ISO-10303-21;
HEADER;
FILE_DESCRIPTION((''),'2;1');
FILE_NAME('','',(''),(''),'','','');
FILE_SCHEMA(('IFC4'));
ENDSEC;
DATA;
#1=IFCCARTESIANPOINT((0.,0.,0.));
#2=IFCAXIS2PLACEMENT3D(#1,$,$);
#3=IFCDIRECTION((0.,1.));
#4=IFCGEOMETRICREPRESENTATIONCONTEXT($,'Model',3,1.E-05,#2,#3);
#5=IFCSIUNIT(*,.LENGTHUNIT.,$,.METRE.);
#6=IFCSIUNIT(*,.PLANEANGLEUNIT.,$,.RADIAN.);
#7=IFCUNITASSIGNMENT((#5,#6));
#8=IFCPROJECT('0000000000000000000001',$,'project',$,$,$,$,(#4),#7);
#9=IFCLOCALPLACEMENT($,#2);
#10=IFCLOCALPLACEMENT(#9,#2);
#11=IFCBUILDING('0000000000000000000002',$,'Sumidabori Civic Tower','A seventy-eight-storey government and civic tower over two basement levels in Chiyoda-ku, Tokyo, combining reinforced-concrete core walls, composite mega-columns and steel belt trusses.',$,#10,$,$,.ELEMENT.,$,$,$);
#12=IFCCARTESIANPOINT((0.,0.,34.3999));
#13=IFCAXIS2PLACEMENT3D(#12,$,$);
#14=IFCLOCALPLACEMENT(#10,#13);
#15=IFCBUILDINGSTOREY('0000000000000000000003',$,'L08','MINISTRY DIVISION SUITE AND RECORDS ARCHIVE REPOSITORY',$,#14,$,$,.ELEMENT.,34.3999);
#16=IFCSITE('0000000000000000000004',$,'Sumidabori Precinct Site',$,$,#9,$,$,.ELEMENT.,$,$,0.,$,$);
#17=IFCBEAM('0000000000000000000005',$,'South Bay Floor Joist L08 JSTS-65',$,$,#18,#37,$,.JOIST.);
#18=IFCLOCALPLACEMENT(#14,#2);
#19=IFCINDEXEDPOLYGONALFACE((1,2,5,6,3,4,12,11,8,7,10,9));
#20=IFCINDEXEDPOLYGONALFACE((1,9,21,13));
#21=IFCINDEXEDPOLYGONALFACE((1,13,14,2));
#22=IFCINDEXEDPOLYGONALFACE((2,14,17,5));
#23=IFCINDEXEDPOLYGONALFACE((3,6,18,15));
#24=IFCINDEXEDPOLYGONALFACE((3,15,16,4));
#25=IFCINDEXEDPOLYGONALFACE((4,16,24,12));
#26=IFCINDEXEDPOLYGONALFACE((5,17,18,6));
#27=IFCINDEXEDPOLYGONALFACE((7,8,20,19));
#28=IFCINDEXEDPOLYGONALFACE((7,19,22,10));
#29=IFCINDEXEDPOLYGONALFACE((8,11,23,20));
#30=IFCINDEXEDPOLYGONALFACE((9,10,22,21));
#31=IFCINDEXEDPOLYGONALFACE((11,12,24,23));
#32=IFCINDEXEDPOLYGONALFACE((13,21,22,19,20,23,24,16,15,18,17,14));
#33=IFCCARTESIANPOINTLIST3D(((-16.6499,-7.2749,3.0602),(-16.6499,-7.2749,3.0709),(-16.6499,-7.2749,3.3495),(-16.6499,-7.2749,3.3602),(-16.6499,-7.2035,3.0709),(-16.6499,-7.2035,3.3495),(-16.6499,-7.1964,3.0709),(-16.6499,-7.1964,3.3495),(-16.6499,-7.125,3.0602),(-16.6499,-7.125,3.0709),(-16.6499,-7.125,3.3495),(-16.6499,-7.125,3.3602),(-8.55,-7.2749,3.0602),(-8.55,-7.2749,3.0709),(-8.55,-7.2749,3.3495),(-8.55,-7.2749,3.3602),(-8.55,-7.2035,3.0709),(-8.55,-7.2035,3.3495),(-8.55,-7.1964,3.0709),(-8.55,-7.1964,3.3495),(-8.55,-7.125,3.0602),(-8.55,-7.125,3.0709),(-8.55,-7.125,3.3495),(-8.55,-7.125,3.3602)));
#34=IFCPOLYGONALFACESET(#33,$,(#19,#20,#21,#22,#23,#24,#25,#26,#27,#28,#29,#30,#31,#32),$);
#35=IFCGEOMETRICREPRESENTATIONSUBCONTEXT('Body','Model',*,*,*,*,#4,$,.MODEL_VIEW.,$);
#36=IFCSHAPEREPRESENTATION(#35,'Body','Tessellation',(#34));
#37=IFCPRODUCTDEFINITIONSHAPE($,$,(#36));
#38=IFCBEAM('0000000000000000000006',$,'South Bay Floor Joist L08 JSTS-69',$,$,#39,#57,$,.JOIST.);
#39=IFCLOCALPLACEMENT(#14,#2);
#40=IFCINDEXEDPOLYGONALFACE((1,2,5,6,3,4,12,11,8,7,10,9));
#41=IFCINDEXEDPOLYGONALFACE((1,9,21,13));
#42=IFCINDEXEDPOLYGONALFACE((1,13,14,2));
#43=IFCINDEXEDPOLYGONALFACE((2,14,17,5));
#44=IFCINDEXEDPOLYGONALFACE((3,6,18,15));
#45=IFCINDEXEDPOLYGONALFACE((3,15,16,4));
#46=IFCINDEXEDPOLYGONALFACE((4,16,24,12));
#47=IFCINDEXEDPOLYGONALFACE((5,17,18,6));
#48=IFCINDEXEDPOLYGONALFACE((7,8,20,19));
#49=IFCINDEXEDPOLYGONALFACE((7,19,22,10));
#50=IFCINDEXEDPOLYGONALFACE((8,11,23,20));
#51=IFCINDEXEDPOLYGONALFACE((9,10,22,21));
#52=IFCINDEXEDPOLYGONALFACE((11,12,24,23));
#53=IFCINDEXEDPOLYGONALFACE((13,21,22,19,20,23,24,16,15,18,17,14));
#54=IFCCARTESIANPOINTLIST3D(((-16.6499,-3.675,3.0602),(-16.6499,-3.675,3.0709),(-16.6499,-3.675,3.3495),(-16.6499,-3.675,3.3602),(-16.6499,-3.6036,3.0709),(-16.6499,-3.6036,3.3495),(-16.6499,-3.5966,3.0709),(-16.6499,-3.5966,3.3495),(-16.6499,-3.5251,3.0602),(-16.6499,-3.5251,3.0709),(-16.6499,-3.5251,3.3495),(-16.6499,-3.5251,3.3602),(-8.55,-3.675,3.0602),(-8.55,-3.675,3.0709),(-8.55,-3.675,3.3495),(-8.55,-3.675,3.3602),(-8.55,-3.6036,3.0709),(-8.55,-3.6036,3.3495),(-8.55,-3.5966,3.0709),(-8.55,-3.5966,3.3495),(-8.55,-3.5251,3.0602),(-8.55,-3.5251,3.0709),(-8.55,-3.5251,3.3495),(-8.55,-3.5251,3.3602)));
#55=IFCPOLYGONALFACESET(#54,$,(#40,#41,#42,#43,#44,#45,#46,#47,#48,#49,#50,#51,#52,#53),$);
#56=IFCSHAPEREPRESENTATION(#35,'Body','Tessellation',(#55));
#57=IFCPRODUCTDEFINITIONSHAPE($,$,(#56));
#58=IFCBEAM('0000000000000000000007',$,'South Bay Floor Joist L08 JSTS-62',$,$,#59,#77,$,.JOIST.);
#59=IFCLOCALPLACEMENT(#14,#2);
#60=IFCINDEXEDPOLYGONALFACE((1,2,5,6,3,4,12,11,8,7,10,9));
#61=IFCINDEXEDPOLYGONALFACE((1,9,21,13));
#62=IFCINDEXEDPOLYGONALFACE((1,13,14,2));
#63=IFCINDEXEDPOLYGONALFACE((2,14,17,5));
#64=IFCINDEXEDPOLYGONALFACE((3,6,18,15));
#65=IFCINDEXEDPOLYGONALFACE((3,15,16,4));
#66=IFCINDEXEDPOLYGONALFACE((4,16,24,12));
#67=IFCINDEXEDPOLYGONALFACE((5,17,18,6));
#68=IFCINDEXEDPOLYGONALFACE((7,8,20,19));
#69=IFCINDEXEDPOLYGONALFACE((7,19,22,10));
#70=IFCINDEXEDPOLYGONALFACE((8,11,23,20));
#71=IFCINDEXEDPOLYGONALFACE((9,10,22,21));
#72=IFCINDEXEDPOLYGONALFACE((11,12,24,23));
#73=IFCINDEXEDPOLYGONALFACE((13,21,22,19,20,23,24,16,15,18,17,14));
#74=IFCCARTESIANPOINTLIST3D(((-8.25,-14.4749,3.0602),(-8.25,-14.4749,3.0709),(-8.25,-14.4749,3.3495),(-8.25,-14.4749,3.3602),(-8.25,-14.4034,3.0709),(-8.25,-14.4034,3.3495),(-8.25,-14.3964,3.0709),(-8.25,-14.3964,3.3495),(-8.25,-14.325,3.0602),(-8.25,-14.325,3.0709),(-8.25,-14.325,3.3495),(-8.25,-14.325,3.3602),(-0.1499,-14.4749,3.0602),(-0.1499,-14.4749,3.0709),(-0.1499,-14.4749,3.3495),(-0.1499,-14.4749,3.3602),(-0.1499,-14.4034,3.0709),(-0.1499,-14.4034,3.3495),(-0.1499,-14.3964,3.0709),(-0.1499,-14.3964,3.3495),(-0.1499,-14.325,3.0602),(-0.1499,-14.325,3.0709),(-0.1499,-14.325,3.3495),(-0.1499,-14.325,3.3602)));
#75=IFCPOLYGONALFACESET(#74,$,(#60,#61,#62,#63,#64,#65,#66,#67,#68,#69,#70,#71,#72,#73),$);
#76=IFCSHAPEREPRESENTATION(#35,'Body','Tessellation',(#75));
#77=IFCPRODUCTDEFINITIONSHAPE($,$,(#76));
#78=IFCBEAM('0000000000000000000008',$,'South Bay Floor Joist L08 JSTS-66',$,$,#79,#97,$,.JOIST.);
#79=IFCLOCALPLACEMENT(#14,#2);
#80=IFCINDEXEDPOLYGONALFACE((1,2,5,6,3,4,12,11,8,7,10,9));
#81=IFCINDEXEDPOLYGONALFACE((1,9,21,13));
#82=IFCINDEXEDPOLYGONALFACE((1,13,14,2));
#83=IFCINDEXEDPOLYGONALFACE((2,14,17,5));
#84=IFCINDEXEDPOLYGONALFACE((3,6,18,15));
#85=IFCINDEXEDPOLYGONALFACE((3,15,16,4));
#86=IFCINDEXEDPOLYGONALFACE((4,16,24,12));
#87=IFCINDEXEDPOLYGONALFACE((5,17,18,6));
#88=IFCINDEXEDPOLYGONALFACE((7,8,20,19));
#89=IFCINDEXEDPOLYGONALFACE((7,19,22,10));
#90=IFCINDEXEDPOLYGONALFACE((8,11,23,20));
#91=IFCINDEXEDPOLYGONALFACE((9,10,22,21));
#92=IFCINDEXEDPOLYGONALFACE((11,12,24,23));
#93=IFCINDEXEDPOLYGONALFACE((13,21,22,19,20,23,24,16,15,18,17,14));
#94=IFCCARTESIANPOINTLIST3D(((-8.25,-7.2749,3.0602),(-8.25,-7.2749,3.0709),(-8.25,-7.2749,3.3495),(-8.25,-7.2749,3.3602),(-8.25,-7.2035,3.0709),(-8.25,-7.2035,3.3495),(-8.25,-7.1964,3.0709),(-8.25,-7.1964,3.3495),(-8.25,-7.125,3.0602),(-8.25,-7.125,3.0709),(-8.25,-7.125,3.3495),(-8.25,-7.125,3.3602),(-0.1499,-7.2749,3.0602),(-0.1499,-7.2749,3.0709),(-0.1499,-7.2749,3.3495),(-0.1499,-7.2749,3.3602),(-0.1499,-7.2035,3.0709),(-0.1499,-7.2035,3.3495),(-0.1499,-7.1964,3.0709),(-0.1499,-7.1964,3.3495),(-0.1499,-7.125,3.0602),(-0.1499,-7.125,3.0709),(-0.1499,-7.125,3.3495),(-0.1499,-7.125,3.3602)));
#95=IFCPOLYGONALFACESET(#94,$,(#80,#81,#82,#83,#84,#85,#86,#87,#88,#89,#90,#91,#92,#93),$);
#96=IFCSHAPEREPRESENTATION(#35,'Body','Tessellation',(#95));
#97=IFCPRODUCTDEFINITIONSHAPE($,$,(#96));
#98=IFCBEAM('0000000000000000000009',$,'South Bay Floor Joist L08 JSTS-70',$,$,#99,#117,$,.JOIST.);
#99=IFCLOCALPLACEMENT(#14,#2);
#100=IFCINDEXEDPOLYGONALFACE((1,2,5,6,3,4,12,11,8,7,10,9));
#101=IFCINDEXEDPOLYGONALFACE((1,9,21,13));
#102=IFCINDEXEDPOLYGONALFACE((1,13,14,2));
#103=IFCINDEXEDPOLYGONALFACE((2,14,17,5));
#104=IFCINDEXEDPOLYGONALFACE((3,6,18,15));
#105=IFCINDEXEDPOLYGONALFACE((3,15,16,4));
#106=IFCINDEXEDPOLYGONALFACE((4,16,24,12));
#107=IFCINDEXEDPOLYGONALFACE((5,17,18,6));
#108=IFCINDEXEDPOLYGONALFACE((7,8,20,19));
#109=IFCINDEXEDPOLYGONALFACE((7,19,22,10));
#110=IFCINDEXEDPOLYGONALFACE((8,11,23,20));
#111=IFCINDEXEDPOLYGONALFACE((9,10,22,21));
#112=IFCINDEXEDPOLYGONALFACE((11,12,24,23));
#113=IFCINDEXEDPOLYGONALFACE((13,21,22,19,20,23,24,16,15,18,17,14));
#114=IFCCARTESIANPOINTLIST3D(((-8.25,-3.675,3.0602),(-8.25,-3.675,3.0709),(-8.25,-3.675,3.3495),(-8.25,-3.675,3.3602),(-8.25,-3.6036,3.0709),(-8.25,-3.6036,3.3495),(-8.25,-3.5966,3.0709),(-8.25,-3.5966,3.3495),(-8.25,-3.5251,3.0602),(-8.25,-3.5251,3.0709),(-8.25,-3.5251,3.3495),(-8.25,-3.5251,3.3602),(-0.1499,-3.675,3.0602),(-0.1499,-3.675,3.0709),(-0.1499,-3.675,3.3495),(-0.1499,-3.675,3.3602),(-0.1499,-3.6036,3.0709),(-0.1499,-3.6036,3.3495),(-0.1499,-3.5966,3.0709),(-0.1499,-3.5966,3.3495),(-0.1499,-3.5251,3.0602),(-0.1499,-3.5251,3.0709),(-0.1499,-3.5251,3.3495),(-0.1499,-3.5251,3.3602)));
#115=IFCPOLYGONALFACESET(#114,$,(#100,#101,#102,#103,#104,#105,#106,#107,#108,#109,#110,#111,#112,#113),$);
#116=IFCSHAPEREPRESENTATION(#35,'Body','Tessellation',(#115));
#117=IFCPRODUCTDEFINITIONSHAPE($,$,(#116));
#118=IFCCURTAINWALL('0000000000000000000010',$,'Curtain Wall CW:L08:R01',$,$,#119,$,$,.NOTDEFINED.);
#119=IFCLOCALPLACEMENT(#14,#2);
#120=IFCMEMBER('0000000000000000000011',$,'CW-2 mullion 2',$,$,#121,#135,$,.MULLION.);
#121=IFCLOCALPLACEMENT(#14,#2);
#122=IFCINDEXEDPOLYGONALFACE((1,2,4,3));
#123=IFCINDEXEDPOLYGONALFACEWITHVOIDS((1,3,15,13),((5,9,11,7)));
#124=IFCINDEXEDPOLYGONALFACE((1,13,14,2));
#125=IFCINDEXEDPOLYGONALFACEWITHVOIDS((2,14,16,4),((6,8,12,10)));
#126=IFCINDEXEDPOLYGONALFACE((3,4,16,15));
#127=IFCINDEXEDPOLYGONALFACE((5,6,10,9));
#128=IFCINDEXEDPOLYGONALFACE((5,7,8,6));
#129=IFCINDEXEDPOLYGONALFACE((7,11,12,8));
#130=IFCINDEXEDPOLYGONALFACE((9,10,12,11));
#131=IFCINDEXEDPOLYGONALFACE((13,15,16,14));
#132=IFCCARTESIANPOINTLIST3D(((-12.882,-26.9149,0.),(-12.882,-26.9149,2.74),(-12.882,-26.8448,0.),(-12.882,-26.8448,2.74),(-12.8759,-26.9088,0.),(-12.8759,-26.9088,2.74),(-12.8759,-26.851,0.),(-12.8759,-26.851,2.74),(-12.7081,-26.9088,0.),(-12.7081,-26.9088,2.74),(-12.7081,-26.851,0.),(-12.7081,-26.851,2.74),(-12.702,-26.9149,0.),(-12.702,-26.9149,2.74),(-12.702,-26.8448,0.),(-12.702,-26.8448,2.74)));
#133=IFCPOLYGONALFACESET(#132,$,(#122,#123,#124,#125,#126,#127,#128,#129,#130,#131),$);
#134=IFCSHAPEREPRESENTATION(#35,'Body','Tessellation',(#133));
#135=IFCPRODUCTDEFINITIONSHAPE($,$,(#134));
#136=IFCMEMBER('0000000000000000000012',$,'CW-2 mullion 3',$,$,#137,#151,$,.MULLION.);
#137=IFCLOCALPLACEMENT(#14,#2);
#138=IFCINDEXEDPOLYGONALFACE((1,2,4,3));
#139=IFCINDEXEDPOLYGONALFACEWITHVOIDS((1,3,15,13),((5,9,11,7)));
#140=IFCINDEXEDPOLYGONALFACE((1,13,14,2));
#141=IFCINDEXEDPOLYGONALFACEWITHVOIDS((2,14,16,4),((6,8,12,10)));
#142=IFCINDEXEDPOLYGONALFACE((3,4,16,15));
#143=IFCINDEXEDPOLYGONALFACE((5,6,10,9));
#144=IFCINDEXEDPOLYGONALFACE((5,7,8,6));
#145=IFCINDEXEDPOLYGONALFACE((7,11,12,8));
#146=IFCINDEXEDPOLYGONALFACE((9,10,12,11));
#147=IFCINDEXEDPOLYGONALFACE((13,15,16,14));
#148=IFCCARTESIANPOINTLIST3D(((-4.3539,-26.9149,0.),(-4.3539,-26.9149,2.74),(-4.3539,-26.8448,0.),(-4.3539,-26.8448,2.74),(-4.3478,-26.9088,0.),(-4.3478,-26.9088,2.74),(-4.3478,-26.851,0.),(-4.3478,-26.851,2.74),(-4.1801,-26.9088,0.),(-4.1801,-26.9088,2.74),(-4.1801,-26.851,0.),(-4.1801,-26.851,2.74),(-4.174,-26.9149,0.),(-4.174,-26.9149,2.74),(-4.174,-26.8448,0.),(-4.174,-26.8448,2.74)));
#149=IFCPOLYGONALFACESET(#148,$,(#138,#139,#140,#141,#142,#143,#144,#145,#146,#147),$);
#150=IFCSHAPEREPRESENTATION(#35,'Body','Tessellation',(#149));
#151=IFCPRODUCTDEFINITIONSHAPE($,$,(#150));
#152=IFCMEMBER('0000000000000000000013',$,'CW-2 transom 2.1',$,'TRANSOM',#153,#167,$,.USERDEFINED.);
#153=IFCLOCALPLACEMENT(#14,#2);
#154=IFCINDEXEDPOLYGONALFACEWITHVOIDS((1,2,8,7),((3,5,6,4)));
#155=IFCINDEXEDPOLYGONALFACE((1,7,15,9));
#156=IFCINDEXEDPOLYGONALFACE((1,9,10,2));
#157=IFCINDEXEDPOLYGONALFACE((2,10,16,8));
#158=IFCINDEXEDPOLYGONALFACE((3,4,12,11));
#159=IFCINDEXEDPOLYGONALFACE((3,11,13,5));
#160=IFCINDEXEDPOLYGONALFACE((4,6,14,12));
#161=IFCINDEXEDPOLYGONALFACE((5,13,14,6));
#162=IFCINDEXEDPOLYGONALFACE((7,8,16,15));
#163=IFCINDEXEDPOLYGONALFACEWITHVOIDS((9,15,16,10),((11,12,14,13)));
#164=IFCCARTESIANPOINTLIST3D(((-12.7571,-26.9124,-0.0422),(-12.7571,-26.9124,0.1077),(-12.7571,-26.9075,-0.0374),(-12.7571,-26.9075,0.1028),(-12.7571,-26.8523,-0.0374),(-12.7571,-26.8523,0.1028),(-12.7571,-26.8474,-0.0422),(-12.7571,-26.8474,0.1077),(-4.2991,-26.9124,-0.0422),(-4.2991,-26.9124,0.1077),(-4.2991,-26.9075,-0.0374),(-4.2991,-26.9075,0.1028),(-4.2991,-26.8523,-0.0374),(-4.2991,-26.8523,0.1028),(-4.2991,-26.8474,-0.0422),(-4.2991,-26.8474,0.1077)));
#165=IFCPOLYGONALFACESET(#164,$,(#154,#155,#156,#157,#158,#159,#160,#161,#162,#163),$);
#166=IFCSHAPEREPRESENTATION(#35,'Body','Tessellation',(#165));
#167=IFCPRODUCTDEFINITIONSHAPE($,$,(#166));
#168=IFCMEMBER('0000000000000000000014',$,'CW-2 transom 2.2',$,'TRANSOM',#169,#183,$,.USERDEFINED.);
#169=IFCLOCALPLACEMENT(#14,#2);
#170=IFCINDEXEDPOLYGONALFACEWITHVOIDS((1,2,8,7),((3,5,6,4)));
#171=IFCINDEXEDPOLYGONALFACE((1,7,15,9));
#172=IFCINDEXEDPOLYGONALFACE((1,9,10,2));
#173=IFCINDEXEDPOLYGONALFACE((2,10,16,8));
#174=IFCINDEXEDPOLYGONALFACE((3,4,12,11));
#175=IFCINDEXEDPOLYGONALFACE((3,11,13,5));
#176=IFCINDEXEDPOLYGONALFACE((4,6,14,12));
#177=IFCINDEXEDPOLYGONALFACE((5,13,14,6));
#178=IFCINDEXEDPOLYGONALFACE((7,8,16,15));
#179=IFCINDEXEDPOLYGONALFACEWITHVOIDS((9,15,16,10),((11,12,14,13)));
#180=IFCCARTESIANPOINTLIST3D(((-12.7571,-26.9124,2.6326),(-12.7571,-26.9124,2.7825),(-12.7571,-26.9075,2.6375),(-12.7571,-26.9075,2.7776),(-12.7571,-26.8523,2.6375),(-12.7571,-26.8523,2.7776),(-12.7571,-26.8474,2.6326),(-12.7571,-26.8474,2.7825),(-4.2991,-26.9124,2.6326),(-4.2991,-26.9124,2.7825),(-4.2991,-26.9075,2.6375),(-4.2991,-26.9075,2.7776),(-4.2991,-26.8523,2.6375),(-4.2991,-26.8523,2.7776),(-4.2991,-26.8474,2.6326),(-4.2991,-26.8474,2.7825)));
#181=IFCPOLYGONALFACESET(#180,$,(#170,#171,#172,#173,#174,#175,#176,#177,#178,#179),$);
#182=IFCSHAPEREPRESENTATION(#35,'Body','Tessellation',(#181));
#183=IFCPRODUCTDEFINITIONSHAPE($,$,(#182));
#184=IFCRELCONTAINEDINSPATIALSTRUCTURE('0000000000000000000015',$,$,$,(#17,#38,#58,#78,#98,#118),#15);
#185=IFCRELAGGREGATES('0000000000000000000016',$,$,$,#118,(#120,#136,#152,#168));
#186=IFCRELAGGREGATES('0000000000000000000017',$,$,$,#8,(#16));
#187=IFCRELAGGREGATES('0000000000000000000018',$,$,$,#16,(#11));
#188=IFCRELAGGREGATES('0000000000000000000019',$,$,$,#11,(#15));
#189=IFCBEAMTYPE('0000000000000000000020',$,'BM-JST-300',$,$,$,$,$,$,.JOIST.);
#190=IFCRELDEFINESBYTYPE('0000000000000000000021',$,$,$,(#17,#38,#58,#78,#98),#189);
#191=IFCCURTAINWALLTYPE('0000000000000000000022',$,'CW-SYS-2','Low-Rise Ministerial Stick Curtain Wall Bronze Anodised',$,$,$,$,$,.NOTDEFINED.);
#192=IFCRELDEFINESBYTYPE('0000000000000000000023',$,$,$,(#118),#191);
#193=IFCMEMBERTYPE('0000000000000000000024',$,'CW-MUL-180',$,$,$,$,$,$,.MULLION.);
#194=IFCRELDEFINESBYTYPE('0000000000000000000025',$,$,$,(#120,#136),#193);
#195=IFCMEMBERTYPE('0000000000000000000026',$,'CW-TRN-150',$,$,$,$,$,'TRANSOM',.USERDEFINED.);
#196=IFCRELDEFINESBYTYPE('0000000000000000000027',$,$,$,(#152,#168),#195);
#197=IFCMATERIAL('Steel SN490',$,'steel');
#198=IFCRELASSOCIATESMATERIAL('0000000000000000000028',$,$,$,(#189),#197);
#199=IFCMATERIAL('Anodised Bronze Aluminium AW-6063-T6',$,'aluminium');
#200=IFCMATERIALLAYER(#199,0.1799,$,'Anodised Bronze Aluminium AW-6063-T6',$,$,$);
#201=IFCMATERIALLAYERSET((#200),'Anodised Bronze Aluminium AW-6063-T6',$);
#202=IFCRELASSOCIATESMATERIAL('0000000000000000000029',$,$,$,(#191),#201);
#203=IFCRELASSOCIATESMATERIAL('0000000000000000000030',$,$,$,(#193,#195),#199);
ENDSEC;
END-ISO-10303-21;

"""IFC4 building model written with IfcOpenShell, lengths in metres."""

from ifc_helpers import new_model, si_unit, direction, frame, origin, origin_2d, place, context, subcontext, project, spatial, hollow_rectangle, i_section, extrude, source, transform, mapped, material, layer, layer_set, material_profile, profile_set, type_object, element, aggregate, save


model = new_model("IFC4")

# Units and contexts
model_context = context("Model", 3, precision=1e-05, world=origin(), true_north=direction((0.0, 1.0)))
body_context = subcontext(model_context, "Body", "Model", "MODEL_VIEW")
ifc_project = project(units=[si_unit("LENGTHUNIT", "METRE"), si_unit("PLANEANGLEUNIT", "RADIAN")], contexts=[model_context])

# Site, building, storey
site_placement = place(None, origin())
site = spatial("IfcSite", under=ifc_project, at=site_placement, Name="Sumidabori Precinct Site", CompositionType="ELEMENT", RefElevation=0.0)
building_placement = place(site_placement, origin())
building = spatial("IfcBuilding", under=site, at=building_placement, Name="Sumidabori Civic Tower", Description="A seventy-eight-storey government and civic tower over two basement levels in Chiyoda-ku, Tokyo, combining reinforced-concrete core walls, composite mega-columns and steel belt trusses.", CompositionType="ELEMENT")
storey_placement = place(building_placement, frame((0.0, 0.0, 34.3999)))
storey = spatial("IfcBuildingStorey", under=building, at=storey_placement, Name="L08", Description="MINISTRY DIVISION SUITE AND RECORDS ARCHIVE REPOSITORY", CompositionType="ELEMENT", Elevation=34.3999)

# Beams
ifc_material_1 = material(Name="Steel SN490", Category="steel")
ifc_material_profile_1 = material_profile(ifc_material_1, i_section(OverallWidth=0.1499, OverallDepth=0.3, WebThickness=0.0071, FlangeThickness=0.0107, at=origin_2d()), Name="IPE 300")
ifc_profile_set_1 = profile_set([ifc_material_profile_1], Name="Steel SN490")
beam_type_1 = type_object("IfcBeamType", Name="BM-JST-300", PredefinedType="JOIST", material=ifc_profile_set_1)
shared_shape_1 = source(origin(), body_context, "Body", "SweptSolid", [
    extrude(i_section(OverallWidth=0.1499, OverallDepth=0.3, WebThickness=0.0071, FlangeThickness=0.0107, at=origin_2d()), origin(), (0.0, 0.0, 1.0), 8.0999),
])
for number, where, z_axis, x_axis, name in (
    (1, (-16.6499, -7.2, 3.2102), (1.0, 0.0, 0.0), (0.0, 1.0, 0.0), "South Bay Floor Joist L08 JSTS-65"),
    (2, (-16.6499, -3.6001, 3.2102), (1.0, 0.0, 0.0), (0.0, 1.0, 0.0), "South Bay Floor Joist L08 JSTS-69"),
):
    element("IfcBeam", number, at=place(storey_placement, frame(where, z_axis=z_axis, x_axis=x_axis)), inside=storey, type_object=beam_type_1, Name=name, PredefinedType="JOIST", context=body_context, shape_type="MappedRepresentation", body=[
        mapped(shared_shape_1, transform((0.0, 0.0, 0.0), x_axis=(1.0, 0.0, 0.0), y_axis=(0.0, 1.0, 0.0), z_axis=(0.0, 0.0, 1.0), scale=1.0)),
    ])
shared_shape_2 = source(origin(), body_context, "Body", "SweptSolid", [
    extrude(i_section(OverallWidth=0.1499, OverallDepth=0.3, WebThickness=0.0071, FlangeThickness=0.0107, at=origin_2d()), origin(), (0.0, 0.0, 1.0), 8.1001),
])
for number, where, z_axis, x_axis, name in (
    (3, (-8.25, -14.3999, 3.2102), (1.0, 0.0, 0.0), (0.0, 1.0, 0.0), "South Bay Floor Joist L08 JSTS-62"),
    (4, (-8.25, -7.2, 3.2102), (1.0, 0.0, 0.0), (0.0, 1.0, 0.0), "South Bay Floor Joist L08 JSTS-66"),
    (5, (-8.25, -3.6001, 3.2102), (1.0, 0.0, 0.0), (0.0, 1.0, 0.0), "South Bay Floor Joist L08 JSTS-70"),
):
    element("IfcBeam", number, at=place(storey_placement, frame(where, z_axis=z_axis, x_axis=x_axis)), inside=storey, type_object=beam_type_1, Name=name, PredefinedType="JOIST", context=body_context, shape_type="MappedRepresentation", body=[
        mapped(shared_shape_2, transform((0.0, 0.0, 0.0), x_axis=(1.0, 0.0, 0.0), y_axis=(0.0, 1.0, 0.0), z_axis=(0.0, 0.0, 1.0), scale=1.0)),
    ])

# Curtain wall, members
ifc_material_2 = material(Name="Anodised Bronze Aluminium AW-6063-T6", Category="aluminium")
ifc_layer_1 = layer(ifc_material_2, 0.1799, Name="Anodised Bronze Aluminium AW-6063-T6")
ifc_layer_set_1 = layer_set([ifc_layer_1], Name="Anodised Bronze Aluminium AW-6063-T6")
curtain_wall_type = type_object("IfcCurtainWallType", Name="CW-SYS-2", Description="Low-Rise Ministerial Stick Curtain Wall Bronze Anodised", PredefinedType="NOTDEFINED", material=ifc_layer_set_1)
curtain_wall_placement = place(storey_placement, origin())
curtain_wall = element("IfcCurtainWall", 6, at=curtain_wall_placement, inside=storey, type_object=curtain_wall_type, Name="Curtain Wall CW:L08:R01", PredefinedType="NOTDEFINED")
ifc_material_profile_2 = material_profile(ifc_material_2, hollow_rectangle(XDim=0.0701, YDim=0.1799, WallThickness=0.0061, at=origin_2d()), Name="ALU MULLION 180x70")
ifc_profile_set_2 = profile_set([ifc_material_profile_2], Name="Anodised Bronze Aluminium AW-6063-T6")
member_type_1 = type_object("IfcMemberType", Name="CW-MUL-180", PredefinedType="MULLION", material=ifc_profile_set_2)
shared_shape_3 = source(origin(), body_context, "Body", "SweptSolid", [
    extrude(hollow_rectangle(XDim=0.0701, YDim=0.1799, WallThickness=0.0061, at=origin_2d()), origin(), (0.0, 0.0, 1.0), 2.74),
])
member_1_placement = place(storey_placement, frame((-12.792, -26.8799, 0.0), z_axis=(0.0, 0.0, 1.0), x_axis=(0.0, 1.0, 0.0)))
member_1 = element("IfcMember", 7, at=member_1_placement, type_object=member_type_1, Name="CW-2 mullion 2", PredefinedType="MULLION", context=body_context, shape_type="MappedRepresentation", body=[
    mapped(shared_shape_3, transform((0.0, 0.0, 0.0), x_axis=(1.0, 0.0, 0.0), y_axis=(0.0, 1.0, 0.0), z_axis=(0.0, 0.0, 1.0), scale=1.0)),
])
member_2_placement = place(storey_placement, frame((-4.2639, -26.8799, 0.0), z_axis=(0.0, 0.0, 1.0), x_axis=(0.0, 1.0, 0.0)))
member_2 = element("IfcMember", 8, at=member_2_placement, type_object=member_type_1, Name="CW-2 mullion 3", PredefinedType="MULLION", context=body_context, shape_type="MappedRepresentation", body=[
    mapped(shared_shape_3, transform((0.0, 0.0, 0.0), x_axis=(1.0, 0.0, 0.0), y_axis=(0.0, 1.0, 0.0), z_axis=(0.0, 0.0, 1.0), scale=1.0)),
])
ifc_material_profile_3 = material_profile(ifc_material_2, hollow_rectangle(XDim=0.0649, YDim=0.1499, WallThickness=0.0049, at=origin_2d()), Name="ALU TRANSOM 150x65")
ifc_profile_set_3 = profile_set([ifc_material_profile_3], Name="Anodised Bronze Aluminium AW-6063-T6")
member_type_2 = type_object("IfcMemberType", Name="CW-TRN-150", ElementType="TRANSOM", PredefinedType="USERDEFINED", material=ifc_profile_set_3)
shared_shape_4 = source(origin(), body_context, "Body", "SweptSolid", [
    extrude(hollow_rectangle(XDim=0.0649, YDim=0.1499, WallThickness=0.0049, at=origin_2d()), origin(), (0.0, 0.0, 1.0), 8.458),
])
member_3_placement = place(storey_placement, frame((-12.7571, -26.8799, 0.0327), z_axis=(1.0, 0.0, 0.0), x_axis=(0.0, 1.0, 0.0)))
member_3 = element("IfcMember", 9, at=member_3_placement, type_object=member_type_2, Name="CW-2 transom 2.1", ObjectType="TRANSOM", PredefinedType="USERDEFINED", context=body_context, shape_type="MappedRepresentation", body=[
    mapped(shared_shape_4, transform((0.0, 0.0, 0.0), x_axis=(1.0, 0.0, 0.0), y_axis=(0.0, 1.0, 0.0), z_axis=(0.0, 0.0, 1.0), scale=1.0)),
])
member_4_placement = place(storey_placement, frame((-12.7571, -26.8799, 2.7075), z_axis=(1.0, 0.0, 0.0), x_axis=(0.0, 1.0, 0.0)))
member_4 = element("IfcMember", 10, at=member_4_placement, type_object=member_type_2, Name="CW-2 transom 2.2", ObjectType="TRANSOM", PredefinedType="USERDEFINED", context=body_context, shape_type="MappedRepresentation", body=[
    mapped(shared_shape_4, transform((0.0, 0.0, 0.0), x_axis=(1.0, 0.0, 0.0), y_axis=(0.0, 1.0, 0.0), z_axis=(0.0, 0.0, 1.0), scale=1.0)),
])
aggregate(curtain_wall, [member_1, member_2, member_3, member_4])

save(model, "model.ifc")
